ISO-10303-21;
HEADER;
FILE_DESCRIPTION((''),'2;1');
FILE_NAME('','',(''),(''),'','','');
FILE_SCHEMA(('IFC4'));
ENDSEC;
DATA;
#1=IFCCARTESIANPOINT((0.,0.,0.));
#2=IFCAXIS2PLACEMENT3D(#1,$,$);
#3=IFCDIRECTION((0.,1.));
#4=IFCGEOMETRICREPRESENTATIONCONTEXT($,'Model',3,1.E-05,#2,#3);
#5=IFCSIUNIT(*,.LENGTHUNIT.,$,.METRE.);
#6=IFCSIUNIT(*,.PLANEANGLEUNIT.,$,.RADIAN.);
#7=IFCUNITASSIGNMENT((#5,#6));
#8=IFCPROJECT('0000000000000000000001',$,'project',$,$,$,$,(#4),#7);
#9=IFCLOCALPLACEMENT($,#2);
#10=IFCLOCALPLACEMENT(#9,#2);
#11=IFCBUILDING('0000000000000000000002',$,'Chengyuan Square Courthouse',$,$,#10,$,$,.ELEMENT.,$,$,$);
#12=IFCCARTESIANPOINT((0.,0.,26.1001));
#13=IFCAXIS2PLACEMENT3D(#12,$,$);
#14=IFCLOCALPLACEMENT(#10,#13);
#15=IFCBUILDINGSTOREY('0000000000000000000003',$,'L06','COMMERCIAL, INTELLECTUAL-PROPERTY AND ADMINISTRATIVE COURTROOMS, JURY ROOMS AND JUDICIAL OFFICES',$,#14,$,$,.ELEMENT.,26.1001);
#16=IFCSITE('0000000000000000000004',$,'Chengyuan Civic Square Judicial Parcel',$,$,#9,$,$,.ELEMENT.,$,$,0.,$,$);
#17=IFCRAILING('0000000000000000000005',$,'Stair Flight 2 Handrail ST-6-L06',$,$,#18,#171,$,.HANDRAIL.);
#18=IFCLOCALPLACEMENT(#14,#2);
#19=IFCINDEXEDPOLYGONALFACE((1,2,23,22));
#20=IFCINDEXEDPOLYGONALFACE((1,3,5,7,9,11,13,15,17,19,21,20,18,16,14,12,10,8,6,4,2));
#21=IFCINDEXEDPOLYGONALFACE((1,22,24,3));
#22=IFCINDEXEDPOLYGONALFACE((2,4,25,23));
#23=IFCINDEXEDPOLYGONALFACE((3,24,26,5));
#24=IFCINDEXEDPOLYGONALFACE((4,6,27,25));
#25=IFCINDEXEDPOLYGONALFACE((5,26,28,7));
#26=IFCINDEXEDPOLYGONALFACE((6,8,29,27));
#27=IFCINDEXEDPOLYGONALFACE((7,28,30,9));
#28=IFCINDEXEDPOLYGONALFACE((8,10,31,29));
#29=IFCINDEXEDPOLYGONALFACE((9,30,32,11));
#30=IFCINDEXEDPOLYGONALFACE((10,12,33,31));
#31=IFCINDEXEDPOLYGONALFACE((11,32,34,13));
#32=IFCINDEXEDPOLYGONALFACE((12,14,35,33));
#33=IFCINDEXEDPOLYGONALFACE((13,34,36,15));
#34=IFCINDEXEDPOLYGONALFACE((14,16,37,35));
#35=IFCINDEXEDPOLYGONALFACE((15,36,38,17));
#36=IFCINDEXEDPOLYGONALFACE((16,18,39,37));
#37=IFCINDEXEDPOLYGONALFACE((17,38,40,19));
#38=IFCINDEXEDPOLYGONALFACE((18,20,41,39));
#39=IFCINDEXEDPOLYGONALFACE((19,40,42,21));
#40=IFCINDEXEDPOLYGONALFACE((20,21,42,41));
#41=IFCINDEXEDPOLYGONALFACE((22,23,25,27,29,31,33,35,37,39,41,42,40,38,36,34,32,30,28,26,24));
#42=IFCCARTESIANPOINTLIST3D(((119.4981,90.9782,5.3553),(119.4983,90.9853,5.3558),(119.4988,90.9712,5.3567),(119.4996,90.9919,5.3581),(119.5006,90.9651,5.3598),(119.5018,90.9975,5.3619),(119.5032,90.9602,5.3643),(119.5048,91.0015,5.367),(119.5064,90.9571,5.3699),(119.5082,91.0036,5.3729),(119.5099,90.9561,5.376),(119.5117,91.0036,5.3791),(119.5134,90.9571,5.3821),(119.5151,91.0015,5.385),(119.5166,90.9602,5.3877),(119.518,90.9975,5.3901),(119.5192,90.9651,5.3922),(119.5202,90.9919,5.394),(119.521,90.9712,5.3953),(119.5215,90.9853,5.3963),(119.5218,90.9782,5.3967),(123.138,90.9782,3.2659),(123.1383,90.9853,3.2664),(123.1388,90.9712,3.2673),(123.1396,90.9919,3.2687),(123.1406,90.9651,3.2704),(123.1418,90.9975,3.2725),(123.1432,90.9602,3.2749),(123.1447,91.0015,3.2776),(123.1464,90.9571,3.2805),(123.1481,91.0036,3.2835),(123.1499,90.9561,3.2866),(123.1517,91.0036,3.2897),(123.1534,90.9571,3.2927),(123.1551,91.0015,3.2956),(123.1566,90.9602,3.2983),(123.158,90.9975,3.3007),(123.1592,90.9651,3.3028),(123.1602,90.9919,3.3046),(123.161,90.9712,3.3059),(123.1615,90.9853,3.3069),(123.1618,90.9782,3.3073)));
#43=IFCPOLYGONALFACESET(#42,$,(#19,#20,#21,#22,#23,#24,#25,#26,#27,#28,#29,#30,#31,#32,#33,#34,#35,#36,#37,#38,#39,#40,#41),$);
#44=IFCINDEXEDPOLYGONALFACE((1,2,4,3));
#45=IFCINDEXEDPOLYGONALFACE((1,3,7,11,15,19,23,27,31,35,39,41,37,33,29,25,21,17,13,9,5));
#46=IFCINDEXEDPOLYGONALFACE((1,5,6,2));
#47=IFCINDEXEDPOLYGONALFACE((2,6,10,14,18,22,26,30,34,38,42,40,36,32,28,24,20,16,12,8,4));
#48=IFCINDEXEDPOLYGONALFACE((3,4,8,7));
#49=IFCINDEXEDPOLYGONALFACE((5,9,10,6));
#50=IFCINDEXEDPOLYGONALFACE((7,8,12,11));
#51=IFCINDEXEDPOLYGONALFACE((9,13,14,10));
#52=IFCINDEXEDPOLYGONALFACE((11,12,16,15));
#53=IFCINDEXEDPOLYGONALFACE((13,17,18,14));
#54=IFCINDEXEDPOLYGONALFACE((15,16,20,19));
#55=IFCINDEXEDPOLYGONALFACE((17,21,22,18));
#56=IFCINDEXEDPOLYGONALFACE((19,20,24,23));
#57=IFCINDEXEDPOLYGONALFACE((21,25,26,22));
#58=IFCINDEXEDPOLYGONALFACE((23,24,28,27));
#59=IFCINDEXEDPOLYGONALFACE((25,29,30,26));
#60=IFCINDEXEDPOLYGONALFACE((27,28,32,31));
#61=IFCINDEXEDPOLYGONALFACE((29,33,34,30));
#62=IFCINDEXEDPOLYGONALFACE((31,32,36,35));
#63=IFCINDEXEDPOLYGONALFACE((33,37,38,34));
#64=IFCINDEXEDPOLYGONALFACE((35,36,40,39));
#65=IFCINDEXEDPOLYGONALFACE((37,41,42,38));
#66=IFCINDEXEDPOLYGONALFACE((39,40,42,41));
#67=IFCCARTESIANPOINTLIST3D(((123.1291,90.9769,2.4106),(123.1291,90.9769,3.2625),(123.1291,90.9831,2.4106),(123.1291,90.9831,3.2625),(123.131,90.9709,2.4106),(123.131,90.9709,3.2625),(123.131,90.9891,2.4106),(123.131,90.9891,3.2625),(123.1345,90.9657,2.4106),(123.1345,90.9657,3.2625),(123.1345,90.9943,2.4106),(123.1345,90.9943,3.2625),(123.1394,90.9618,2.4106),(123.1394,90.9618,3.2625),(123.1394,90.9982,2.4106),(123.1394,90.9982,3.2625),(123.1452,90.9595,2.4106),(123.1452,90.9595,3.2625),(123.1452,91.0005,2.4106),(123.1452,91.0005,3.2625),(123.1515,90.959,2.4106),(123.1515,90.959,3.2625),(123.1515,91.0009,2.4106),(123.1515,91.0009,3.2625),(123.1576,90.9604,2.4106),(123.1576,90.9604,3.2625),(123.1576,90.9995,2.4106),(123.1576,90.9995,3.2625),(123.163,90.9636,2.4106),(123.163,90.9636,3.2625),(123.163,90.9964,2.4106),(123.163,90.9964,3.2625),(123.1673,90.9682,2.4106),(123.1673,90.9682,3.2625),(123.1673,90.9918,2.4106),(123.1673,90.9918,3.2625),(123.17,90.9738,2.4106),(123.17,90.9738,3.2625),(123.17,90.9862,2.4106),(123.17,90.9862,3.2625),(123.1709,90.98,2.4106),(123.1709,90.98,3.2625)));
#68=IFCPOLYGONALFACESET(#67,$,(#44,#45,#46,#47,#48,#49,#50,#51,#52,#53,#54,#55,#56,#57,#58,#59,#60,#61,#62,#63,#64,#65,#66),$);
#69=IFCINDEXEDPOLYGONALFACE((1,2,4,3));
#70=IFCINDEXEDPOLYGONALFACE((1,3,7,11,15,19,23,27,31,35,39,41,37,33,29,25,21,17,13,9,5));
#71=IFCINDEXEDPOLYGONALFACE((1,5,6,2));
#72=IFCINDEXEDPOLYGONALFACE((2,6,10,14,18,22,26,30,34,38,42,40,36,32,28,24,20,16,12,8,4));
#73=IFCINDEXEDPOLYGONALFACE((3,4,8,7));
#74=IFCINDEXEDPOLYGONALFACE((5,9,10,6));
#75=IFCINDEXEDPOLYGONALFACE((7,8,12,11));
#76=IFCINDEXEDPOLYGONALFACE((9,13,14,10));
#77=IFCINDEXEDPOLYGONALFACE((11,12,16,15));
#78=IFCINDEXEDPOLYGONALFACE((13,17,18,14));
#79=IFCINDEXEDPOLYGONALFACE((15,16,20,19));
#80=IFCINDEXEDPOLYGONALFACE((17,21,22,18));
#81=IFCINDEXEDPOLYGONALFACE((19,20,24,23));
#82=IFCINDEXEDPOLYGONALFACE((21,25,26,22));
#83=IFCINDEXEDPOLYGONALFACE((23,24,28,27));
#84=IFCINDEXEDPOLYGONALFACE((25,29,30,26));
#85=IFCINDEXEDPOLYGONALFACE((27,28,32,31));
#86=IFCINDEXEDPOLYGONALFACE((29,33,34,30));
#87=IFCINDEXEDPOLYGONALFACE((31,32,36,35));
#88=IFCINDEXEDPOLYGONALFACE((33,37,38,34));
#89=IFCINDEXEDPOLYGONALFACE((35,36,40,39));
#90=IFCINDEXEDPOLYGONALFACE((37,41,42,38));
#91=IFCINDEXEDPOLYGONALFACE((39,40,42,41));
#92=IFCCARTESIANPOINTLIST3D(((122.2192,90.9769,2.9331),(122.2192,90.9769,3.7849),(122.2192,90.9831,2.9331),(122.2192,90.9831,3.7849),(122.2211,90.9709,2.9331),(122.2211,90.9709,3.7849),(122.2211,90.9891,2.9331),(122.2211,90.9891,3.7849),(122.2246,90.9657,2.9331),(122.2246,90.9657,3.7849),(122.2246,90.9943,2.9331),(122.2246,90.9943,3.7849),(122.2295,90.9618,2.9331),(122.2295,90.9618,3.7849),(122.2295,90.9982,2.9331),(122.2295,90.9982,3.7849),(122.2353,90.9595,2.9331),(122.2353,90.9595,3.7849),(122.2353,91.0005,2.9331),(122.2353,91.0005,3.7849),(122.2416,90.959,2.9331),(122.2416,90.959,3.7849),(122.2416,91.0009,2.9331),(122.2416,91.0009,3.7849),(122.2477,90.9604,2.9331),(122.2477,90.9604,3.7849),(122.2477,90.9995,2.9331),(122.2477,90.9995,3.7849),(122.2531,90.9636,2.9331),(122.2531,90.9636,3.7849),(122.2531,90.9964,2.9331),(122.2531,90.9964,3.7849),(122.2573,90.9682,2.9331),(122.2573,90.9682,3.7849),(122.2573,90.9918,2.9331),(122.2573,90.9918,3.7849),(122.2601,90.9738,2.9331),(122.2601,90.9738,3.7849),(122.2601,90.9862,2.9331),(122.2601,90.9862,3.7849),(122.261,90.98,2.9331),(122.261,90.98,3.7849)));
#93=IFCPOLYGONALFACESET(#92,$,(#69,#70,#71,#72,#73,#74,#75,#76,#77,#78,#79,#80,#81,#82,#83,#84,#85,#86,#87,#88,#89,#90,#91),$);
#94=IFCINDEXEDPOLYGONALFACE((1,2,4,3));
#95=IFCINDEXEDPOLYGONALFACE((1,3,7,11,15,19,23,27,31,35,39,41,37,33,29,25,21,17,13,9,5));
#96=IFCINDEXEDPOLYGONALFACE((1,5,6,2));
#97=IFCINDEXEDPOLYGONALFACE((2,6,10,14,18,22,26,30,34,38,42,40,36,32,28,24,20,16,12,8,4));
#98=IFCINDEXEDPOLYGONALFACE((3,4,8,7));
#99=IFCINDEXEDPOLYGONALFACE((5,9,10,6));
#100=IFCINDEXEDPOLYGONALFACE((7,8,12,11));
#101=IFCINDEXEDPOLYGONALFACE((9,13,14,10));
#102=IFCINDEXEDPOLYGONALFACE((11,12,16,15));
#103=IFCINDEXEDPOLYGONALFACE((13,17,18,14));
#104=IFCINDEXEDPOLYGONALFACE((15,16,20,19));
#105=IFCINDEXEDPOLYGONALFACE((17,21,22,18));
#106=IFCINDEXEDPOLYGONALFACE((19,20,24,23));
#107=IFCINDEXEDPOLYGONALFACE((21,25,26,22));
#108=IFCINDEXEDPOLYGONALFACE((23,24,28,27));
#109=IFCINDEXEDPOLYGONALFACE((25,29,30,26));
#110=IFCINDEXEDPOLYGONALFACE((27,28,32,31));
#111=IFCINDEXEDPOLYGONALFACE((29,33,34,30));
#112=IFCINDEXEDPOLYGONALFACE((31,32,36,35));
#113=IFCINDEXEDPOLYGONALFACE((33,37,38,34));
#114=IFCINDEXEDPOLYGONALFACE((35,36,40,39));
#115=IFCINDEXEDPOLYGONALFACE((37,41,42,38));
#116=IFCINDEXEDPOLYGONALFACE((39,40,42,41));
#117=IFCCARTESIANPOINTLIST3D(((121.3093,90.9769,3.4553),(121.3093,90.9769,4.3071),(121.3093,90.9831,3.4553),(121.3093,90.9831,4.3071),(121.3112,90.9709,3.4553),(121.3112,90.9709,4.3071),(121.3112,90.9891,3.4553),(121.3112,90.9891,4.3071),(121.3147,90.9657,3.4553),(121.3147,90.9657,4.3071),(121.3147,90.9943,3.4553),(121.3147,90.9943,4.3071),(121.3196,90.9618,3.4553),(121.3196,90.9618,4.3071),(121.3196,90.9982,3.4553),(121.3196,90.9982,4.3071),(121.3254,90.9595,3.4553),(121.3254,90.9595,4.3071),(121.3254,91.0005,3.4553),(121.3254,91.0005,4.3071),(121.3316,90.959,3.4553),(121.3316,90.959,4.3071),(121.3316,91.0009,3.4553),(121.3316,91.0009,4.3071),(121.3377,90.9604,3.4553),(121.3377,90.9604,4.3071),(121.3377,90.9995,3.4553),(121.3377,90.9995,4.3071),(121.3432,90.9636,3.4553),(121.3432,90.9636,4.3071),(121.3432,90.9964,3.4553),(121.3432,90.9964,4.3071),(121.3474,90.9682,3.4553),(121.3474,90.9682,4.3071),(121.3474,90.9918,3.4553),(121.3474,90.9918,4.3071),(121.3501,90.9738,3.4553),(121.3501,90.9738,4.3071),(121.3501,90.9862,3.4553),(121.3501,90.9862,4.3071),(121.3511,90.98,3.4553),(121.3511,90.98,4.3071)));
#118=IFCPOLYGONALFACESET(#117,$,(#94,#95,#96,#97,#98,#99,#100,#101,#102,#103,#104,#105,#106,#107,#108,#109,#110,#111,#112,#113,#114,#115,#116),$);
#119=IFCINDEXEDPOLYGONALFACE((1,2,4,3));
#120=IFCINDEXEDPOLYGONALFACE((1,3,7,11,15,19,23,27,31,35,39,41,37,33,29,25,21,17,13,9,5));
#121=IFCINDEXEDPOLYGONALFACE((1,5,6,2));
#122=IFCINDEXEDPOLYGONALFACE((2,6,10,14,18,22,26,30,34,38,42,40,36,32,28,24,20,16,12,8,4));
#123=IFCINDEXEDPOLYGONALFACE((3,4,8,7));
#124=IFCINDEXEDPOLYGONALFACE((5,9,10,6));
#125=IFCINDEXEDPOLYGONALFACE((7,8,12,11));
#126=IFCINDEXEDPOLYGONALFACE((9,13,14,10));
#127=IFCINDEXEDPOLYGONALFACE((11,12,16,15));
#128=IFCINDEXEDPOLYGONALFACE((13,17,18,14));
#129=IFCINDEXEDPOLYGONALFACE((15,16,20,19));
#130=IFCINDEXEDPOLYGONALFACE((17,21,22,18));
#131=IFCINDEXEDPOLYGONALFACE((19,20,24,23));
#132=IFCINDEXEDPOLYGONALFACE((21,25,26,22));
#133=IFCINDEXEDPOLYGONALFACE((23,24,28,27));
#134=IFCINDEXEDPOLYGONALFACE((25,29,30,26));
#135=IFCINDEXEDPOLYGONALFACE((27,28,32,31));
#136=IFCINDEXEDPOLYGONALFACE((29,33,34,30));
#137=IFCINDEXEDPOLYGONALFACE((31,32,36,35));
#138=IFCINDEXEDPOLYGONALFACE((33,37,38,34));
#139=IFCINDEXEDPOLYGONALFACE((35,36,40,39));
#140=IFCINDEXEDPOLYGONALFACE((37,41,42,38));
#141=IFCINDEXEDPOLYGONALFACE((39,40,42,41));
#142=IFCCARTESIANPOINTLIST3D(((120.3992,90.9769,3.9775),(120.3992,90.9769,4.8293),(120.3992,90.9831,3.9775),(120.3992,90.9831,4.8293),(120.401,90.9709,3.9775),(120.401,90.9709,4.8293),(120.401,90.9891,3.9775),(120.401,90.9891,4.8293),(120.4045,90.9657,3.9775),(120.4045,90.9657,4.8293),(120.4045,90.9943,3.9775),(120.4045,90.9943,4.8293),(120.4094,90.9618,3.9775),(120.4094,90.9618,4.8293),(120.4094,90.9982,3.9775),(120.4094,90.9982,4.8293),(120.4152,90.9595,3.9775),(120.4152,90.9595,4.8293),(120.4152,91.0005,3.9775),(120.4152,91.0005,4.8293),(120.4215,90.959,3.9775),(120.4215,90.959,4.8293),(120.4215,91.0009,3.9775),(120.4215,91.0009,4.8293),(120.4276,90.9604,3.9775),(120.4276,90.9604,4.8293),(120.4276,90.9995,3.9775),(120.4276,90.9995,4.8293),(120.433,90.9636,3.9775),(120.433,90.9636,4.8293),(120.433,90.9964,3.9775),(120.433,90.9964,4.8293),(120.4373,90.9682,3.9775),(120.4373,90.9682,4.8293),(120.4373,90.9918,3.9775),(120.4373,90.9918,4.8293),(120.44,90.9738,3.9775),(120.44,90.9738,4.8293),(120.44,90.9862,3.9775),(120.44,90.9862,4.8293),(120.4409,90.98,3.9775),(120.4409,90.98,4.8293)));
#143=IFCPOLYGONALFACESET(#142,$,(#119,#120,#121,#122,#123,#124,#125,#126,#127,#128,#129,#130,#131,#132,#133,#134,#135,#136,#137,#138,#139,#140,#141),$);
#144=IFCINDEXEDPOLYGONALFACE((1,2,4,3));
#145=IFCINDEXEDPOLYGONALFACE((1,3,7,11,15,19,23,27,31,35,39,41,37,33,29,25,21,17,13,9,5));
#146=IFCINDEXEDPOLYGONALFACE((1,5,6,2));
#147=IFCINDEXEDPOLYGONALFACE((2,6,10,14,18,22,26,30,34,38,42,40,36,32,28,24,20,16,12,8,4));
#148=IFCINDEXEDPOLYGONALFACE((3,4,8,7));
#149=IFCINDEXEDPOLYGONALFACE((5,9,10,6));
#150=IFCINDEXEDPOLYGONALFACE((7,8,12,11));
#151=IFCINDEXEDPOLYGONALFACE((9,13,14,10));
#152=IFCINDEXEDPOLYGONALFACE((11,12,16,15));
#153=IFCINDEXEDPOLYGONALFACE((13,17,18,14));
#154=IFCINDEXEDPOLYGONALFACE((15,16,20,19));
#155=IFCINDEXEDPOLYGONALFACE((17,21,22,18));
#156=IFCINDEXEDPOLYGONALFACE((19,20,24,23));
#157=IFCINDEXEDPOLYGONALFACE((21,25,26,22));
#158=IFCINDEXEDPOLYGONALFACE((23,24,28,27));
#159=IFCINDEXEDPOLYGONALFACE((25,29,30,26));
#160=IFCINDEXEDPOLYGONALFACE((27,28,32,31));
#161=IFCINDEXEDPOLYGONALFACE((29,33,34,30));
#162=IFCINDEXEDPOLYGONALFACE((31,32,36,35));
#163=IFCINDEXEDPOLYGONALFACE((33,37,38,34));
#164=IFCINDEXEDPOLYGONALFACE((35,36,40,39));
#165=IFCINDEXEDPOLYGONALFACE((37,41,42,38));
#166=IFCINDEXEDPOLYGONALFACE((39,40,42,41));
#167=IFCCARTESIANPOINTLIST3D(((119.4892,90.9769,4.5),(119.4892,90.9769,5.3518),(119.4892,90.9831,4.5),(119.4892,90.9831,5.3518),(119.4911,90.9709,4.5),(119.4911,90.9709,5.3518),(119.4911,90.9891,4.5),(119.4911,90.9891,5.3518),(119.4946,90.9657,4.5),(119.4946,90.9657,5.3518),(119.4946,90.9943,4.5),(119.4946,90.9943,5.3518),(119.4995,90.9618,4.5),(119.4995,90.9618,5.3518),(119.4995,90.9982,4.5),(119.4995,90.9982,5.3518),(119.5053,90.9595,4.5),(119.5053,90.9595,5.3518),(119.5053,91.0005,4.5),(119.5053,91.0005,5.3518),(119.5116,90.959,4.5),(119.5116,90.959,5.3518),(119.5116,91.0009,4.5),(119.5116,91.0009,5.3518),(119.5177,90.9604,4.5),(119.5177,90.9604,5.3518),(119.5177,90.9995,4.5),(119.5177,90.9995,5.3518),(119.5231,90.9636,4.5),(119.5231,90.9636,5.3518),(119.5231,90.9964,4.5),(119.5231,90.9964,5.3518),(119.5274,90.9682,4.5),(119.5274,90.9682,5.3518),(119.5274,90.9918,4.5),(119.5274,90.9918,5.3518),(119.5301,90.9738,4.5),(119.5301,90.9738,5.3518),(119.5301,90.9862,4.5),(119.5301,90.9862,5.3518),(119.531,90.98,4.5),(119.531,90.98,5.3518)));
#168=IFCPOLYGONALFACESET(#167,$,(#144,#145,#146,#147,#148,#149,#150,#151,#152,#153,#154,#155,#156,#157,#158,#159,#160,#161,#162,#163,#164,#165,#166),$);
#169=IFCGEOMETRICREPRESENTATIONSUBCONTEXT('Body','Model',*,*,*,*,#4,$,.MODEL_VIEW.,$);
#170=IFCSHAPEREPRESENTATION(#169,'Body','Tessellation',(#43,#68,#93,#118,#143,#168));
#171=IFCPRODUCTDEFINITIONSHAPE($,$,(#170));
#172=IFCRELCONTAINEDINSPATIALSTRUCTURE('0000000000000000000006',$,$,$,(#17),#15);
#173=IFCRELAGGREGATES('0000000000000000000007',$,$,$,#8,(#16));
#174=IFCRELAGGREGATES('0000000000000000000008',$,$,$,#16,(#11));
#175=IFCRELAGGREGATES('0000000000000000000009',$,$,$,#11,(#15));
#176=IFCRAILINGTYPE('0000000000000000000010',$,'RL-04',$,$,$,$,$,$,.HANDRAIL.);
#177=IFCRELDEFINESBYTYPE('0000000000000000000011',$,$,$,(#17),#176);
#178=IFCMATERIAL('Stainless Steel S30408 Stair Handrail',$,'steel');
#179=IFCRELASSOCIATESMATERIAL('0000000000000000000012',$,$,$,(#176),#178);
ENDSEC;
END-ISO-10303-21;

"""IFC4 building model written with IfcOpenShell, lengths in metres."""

from ifc_helpers import new_model, si_unit, direction, frame, origin, origin_2d, place, context, subcontext, project, spatial, circle, extrude, material, type_object, element, save


model = new_model("IFC4")

# Units and contexts
model_context = context("Model", 3, precision=1e-05, world=origin(), true_north=direction((0.0, 1.0)))
body_context = subcontext(model_context, "Body", "Model", "MODEL_VIEW")
ifc_project = project(units=[si_unit("LENGTHUNIT", "METRE"), si_unit("PLANEANGLEUNIT", "RADIAN")], contexts=[model_context])

# Site, building, storey
site_placement = place(None, origin())
site = spatial("IfcSite", under=ifc_project, at=site_placement, Name="Chengyuan Civic Square Judicial Parcel", CompositionType="ELEMENT", RefElevation=0.0)
building_placement = place(site_placement, origin())
building = spatial("IfcBuilding", under=site, at=building_placement, Name="Chengyuan Square Courthouse", CompositionType="ELEMENT")
storey_placement = place(building_placement, frame((0.0, 0.0, 26.1001)))
storey = spatial("IfcBuildingStorey", under=building, at=storey_placement, Name="L06", Description="COMMERCIAL, INTELLECTUAL-PROPERTY AND ADMINISTRATIVE COURTROOMS, JURY ROOMS AND JUDICIAL OFFICES", CompositionType="ELEMENT", Elevation=26.1001)

# Railing
ifc_material_1 = material(Name="Stainless Steel S30408 Stair Handrail", Category="steel")
railing_type = type_object("IfcRailingType", Name="RL-04", PredefinedType="HANDRAIL", material=ifc_material_1)
railing_placement = place(storey_placement, frame((123.1499, 90.98, 2.4106)))
element("IfcRailing", 1, at=railing_placement, inside=storey, type_object=railing_type, Name="Stair Flight 2 Handrail ST-6-L06", PredefinedType="HANDRAIL", context=body_context, shape_type="SweptSolid", body=[
    extrude(circle(Radius=0.0239, at=origin_2d()), frame((0.0, 0.0, 0.876), z_axis=(-0.867275, 0.0, 0.497829), x_axis=(0.0, -1.0, 0.0)), (0.0, 0.0, 1.0), 4.197),
    extrude(circle(Radius=0.021, at=origin_2d()), origin(), (0.0, 0.0, 1.0), 0.8518),
    extrude(circle(Radius=0.021, at=origin_2d()), frame((-0.9099, 0.0, 0.5225)), (0.0, 0.0, 1.0), 0.8518),
    extrude(circle(Radius=0.021, at=origin_2d()), frame((-1.8198, 0.0, 1.0447)), (0.0, 0.0, 1.0), 0.8518),
    extrude(circle(Radius=0.021, at=origin_2d()), frame((-2.73, 0.0, 1.5669)), (0.0, 0.0, 1.0), 0.8518),
    extrude(circle(Radius=0.021, at=origin_2d()), frame((-3.6399, 0.0, 2.0894)), (0.0, 0.0, 1.0), 0.8518),
])

save(model, "model.ifc")
